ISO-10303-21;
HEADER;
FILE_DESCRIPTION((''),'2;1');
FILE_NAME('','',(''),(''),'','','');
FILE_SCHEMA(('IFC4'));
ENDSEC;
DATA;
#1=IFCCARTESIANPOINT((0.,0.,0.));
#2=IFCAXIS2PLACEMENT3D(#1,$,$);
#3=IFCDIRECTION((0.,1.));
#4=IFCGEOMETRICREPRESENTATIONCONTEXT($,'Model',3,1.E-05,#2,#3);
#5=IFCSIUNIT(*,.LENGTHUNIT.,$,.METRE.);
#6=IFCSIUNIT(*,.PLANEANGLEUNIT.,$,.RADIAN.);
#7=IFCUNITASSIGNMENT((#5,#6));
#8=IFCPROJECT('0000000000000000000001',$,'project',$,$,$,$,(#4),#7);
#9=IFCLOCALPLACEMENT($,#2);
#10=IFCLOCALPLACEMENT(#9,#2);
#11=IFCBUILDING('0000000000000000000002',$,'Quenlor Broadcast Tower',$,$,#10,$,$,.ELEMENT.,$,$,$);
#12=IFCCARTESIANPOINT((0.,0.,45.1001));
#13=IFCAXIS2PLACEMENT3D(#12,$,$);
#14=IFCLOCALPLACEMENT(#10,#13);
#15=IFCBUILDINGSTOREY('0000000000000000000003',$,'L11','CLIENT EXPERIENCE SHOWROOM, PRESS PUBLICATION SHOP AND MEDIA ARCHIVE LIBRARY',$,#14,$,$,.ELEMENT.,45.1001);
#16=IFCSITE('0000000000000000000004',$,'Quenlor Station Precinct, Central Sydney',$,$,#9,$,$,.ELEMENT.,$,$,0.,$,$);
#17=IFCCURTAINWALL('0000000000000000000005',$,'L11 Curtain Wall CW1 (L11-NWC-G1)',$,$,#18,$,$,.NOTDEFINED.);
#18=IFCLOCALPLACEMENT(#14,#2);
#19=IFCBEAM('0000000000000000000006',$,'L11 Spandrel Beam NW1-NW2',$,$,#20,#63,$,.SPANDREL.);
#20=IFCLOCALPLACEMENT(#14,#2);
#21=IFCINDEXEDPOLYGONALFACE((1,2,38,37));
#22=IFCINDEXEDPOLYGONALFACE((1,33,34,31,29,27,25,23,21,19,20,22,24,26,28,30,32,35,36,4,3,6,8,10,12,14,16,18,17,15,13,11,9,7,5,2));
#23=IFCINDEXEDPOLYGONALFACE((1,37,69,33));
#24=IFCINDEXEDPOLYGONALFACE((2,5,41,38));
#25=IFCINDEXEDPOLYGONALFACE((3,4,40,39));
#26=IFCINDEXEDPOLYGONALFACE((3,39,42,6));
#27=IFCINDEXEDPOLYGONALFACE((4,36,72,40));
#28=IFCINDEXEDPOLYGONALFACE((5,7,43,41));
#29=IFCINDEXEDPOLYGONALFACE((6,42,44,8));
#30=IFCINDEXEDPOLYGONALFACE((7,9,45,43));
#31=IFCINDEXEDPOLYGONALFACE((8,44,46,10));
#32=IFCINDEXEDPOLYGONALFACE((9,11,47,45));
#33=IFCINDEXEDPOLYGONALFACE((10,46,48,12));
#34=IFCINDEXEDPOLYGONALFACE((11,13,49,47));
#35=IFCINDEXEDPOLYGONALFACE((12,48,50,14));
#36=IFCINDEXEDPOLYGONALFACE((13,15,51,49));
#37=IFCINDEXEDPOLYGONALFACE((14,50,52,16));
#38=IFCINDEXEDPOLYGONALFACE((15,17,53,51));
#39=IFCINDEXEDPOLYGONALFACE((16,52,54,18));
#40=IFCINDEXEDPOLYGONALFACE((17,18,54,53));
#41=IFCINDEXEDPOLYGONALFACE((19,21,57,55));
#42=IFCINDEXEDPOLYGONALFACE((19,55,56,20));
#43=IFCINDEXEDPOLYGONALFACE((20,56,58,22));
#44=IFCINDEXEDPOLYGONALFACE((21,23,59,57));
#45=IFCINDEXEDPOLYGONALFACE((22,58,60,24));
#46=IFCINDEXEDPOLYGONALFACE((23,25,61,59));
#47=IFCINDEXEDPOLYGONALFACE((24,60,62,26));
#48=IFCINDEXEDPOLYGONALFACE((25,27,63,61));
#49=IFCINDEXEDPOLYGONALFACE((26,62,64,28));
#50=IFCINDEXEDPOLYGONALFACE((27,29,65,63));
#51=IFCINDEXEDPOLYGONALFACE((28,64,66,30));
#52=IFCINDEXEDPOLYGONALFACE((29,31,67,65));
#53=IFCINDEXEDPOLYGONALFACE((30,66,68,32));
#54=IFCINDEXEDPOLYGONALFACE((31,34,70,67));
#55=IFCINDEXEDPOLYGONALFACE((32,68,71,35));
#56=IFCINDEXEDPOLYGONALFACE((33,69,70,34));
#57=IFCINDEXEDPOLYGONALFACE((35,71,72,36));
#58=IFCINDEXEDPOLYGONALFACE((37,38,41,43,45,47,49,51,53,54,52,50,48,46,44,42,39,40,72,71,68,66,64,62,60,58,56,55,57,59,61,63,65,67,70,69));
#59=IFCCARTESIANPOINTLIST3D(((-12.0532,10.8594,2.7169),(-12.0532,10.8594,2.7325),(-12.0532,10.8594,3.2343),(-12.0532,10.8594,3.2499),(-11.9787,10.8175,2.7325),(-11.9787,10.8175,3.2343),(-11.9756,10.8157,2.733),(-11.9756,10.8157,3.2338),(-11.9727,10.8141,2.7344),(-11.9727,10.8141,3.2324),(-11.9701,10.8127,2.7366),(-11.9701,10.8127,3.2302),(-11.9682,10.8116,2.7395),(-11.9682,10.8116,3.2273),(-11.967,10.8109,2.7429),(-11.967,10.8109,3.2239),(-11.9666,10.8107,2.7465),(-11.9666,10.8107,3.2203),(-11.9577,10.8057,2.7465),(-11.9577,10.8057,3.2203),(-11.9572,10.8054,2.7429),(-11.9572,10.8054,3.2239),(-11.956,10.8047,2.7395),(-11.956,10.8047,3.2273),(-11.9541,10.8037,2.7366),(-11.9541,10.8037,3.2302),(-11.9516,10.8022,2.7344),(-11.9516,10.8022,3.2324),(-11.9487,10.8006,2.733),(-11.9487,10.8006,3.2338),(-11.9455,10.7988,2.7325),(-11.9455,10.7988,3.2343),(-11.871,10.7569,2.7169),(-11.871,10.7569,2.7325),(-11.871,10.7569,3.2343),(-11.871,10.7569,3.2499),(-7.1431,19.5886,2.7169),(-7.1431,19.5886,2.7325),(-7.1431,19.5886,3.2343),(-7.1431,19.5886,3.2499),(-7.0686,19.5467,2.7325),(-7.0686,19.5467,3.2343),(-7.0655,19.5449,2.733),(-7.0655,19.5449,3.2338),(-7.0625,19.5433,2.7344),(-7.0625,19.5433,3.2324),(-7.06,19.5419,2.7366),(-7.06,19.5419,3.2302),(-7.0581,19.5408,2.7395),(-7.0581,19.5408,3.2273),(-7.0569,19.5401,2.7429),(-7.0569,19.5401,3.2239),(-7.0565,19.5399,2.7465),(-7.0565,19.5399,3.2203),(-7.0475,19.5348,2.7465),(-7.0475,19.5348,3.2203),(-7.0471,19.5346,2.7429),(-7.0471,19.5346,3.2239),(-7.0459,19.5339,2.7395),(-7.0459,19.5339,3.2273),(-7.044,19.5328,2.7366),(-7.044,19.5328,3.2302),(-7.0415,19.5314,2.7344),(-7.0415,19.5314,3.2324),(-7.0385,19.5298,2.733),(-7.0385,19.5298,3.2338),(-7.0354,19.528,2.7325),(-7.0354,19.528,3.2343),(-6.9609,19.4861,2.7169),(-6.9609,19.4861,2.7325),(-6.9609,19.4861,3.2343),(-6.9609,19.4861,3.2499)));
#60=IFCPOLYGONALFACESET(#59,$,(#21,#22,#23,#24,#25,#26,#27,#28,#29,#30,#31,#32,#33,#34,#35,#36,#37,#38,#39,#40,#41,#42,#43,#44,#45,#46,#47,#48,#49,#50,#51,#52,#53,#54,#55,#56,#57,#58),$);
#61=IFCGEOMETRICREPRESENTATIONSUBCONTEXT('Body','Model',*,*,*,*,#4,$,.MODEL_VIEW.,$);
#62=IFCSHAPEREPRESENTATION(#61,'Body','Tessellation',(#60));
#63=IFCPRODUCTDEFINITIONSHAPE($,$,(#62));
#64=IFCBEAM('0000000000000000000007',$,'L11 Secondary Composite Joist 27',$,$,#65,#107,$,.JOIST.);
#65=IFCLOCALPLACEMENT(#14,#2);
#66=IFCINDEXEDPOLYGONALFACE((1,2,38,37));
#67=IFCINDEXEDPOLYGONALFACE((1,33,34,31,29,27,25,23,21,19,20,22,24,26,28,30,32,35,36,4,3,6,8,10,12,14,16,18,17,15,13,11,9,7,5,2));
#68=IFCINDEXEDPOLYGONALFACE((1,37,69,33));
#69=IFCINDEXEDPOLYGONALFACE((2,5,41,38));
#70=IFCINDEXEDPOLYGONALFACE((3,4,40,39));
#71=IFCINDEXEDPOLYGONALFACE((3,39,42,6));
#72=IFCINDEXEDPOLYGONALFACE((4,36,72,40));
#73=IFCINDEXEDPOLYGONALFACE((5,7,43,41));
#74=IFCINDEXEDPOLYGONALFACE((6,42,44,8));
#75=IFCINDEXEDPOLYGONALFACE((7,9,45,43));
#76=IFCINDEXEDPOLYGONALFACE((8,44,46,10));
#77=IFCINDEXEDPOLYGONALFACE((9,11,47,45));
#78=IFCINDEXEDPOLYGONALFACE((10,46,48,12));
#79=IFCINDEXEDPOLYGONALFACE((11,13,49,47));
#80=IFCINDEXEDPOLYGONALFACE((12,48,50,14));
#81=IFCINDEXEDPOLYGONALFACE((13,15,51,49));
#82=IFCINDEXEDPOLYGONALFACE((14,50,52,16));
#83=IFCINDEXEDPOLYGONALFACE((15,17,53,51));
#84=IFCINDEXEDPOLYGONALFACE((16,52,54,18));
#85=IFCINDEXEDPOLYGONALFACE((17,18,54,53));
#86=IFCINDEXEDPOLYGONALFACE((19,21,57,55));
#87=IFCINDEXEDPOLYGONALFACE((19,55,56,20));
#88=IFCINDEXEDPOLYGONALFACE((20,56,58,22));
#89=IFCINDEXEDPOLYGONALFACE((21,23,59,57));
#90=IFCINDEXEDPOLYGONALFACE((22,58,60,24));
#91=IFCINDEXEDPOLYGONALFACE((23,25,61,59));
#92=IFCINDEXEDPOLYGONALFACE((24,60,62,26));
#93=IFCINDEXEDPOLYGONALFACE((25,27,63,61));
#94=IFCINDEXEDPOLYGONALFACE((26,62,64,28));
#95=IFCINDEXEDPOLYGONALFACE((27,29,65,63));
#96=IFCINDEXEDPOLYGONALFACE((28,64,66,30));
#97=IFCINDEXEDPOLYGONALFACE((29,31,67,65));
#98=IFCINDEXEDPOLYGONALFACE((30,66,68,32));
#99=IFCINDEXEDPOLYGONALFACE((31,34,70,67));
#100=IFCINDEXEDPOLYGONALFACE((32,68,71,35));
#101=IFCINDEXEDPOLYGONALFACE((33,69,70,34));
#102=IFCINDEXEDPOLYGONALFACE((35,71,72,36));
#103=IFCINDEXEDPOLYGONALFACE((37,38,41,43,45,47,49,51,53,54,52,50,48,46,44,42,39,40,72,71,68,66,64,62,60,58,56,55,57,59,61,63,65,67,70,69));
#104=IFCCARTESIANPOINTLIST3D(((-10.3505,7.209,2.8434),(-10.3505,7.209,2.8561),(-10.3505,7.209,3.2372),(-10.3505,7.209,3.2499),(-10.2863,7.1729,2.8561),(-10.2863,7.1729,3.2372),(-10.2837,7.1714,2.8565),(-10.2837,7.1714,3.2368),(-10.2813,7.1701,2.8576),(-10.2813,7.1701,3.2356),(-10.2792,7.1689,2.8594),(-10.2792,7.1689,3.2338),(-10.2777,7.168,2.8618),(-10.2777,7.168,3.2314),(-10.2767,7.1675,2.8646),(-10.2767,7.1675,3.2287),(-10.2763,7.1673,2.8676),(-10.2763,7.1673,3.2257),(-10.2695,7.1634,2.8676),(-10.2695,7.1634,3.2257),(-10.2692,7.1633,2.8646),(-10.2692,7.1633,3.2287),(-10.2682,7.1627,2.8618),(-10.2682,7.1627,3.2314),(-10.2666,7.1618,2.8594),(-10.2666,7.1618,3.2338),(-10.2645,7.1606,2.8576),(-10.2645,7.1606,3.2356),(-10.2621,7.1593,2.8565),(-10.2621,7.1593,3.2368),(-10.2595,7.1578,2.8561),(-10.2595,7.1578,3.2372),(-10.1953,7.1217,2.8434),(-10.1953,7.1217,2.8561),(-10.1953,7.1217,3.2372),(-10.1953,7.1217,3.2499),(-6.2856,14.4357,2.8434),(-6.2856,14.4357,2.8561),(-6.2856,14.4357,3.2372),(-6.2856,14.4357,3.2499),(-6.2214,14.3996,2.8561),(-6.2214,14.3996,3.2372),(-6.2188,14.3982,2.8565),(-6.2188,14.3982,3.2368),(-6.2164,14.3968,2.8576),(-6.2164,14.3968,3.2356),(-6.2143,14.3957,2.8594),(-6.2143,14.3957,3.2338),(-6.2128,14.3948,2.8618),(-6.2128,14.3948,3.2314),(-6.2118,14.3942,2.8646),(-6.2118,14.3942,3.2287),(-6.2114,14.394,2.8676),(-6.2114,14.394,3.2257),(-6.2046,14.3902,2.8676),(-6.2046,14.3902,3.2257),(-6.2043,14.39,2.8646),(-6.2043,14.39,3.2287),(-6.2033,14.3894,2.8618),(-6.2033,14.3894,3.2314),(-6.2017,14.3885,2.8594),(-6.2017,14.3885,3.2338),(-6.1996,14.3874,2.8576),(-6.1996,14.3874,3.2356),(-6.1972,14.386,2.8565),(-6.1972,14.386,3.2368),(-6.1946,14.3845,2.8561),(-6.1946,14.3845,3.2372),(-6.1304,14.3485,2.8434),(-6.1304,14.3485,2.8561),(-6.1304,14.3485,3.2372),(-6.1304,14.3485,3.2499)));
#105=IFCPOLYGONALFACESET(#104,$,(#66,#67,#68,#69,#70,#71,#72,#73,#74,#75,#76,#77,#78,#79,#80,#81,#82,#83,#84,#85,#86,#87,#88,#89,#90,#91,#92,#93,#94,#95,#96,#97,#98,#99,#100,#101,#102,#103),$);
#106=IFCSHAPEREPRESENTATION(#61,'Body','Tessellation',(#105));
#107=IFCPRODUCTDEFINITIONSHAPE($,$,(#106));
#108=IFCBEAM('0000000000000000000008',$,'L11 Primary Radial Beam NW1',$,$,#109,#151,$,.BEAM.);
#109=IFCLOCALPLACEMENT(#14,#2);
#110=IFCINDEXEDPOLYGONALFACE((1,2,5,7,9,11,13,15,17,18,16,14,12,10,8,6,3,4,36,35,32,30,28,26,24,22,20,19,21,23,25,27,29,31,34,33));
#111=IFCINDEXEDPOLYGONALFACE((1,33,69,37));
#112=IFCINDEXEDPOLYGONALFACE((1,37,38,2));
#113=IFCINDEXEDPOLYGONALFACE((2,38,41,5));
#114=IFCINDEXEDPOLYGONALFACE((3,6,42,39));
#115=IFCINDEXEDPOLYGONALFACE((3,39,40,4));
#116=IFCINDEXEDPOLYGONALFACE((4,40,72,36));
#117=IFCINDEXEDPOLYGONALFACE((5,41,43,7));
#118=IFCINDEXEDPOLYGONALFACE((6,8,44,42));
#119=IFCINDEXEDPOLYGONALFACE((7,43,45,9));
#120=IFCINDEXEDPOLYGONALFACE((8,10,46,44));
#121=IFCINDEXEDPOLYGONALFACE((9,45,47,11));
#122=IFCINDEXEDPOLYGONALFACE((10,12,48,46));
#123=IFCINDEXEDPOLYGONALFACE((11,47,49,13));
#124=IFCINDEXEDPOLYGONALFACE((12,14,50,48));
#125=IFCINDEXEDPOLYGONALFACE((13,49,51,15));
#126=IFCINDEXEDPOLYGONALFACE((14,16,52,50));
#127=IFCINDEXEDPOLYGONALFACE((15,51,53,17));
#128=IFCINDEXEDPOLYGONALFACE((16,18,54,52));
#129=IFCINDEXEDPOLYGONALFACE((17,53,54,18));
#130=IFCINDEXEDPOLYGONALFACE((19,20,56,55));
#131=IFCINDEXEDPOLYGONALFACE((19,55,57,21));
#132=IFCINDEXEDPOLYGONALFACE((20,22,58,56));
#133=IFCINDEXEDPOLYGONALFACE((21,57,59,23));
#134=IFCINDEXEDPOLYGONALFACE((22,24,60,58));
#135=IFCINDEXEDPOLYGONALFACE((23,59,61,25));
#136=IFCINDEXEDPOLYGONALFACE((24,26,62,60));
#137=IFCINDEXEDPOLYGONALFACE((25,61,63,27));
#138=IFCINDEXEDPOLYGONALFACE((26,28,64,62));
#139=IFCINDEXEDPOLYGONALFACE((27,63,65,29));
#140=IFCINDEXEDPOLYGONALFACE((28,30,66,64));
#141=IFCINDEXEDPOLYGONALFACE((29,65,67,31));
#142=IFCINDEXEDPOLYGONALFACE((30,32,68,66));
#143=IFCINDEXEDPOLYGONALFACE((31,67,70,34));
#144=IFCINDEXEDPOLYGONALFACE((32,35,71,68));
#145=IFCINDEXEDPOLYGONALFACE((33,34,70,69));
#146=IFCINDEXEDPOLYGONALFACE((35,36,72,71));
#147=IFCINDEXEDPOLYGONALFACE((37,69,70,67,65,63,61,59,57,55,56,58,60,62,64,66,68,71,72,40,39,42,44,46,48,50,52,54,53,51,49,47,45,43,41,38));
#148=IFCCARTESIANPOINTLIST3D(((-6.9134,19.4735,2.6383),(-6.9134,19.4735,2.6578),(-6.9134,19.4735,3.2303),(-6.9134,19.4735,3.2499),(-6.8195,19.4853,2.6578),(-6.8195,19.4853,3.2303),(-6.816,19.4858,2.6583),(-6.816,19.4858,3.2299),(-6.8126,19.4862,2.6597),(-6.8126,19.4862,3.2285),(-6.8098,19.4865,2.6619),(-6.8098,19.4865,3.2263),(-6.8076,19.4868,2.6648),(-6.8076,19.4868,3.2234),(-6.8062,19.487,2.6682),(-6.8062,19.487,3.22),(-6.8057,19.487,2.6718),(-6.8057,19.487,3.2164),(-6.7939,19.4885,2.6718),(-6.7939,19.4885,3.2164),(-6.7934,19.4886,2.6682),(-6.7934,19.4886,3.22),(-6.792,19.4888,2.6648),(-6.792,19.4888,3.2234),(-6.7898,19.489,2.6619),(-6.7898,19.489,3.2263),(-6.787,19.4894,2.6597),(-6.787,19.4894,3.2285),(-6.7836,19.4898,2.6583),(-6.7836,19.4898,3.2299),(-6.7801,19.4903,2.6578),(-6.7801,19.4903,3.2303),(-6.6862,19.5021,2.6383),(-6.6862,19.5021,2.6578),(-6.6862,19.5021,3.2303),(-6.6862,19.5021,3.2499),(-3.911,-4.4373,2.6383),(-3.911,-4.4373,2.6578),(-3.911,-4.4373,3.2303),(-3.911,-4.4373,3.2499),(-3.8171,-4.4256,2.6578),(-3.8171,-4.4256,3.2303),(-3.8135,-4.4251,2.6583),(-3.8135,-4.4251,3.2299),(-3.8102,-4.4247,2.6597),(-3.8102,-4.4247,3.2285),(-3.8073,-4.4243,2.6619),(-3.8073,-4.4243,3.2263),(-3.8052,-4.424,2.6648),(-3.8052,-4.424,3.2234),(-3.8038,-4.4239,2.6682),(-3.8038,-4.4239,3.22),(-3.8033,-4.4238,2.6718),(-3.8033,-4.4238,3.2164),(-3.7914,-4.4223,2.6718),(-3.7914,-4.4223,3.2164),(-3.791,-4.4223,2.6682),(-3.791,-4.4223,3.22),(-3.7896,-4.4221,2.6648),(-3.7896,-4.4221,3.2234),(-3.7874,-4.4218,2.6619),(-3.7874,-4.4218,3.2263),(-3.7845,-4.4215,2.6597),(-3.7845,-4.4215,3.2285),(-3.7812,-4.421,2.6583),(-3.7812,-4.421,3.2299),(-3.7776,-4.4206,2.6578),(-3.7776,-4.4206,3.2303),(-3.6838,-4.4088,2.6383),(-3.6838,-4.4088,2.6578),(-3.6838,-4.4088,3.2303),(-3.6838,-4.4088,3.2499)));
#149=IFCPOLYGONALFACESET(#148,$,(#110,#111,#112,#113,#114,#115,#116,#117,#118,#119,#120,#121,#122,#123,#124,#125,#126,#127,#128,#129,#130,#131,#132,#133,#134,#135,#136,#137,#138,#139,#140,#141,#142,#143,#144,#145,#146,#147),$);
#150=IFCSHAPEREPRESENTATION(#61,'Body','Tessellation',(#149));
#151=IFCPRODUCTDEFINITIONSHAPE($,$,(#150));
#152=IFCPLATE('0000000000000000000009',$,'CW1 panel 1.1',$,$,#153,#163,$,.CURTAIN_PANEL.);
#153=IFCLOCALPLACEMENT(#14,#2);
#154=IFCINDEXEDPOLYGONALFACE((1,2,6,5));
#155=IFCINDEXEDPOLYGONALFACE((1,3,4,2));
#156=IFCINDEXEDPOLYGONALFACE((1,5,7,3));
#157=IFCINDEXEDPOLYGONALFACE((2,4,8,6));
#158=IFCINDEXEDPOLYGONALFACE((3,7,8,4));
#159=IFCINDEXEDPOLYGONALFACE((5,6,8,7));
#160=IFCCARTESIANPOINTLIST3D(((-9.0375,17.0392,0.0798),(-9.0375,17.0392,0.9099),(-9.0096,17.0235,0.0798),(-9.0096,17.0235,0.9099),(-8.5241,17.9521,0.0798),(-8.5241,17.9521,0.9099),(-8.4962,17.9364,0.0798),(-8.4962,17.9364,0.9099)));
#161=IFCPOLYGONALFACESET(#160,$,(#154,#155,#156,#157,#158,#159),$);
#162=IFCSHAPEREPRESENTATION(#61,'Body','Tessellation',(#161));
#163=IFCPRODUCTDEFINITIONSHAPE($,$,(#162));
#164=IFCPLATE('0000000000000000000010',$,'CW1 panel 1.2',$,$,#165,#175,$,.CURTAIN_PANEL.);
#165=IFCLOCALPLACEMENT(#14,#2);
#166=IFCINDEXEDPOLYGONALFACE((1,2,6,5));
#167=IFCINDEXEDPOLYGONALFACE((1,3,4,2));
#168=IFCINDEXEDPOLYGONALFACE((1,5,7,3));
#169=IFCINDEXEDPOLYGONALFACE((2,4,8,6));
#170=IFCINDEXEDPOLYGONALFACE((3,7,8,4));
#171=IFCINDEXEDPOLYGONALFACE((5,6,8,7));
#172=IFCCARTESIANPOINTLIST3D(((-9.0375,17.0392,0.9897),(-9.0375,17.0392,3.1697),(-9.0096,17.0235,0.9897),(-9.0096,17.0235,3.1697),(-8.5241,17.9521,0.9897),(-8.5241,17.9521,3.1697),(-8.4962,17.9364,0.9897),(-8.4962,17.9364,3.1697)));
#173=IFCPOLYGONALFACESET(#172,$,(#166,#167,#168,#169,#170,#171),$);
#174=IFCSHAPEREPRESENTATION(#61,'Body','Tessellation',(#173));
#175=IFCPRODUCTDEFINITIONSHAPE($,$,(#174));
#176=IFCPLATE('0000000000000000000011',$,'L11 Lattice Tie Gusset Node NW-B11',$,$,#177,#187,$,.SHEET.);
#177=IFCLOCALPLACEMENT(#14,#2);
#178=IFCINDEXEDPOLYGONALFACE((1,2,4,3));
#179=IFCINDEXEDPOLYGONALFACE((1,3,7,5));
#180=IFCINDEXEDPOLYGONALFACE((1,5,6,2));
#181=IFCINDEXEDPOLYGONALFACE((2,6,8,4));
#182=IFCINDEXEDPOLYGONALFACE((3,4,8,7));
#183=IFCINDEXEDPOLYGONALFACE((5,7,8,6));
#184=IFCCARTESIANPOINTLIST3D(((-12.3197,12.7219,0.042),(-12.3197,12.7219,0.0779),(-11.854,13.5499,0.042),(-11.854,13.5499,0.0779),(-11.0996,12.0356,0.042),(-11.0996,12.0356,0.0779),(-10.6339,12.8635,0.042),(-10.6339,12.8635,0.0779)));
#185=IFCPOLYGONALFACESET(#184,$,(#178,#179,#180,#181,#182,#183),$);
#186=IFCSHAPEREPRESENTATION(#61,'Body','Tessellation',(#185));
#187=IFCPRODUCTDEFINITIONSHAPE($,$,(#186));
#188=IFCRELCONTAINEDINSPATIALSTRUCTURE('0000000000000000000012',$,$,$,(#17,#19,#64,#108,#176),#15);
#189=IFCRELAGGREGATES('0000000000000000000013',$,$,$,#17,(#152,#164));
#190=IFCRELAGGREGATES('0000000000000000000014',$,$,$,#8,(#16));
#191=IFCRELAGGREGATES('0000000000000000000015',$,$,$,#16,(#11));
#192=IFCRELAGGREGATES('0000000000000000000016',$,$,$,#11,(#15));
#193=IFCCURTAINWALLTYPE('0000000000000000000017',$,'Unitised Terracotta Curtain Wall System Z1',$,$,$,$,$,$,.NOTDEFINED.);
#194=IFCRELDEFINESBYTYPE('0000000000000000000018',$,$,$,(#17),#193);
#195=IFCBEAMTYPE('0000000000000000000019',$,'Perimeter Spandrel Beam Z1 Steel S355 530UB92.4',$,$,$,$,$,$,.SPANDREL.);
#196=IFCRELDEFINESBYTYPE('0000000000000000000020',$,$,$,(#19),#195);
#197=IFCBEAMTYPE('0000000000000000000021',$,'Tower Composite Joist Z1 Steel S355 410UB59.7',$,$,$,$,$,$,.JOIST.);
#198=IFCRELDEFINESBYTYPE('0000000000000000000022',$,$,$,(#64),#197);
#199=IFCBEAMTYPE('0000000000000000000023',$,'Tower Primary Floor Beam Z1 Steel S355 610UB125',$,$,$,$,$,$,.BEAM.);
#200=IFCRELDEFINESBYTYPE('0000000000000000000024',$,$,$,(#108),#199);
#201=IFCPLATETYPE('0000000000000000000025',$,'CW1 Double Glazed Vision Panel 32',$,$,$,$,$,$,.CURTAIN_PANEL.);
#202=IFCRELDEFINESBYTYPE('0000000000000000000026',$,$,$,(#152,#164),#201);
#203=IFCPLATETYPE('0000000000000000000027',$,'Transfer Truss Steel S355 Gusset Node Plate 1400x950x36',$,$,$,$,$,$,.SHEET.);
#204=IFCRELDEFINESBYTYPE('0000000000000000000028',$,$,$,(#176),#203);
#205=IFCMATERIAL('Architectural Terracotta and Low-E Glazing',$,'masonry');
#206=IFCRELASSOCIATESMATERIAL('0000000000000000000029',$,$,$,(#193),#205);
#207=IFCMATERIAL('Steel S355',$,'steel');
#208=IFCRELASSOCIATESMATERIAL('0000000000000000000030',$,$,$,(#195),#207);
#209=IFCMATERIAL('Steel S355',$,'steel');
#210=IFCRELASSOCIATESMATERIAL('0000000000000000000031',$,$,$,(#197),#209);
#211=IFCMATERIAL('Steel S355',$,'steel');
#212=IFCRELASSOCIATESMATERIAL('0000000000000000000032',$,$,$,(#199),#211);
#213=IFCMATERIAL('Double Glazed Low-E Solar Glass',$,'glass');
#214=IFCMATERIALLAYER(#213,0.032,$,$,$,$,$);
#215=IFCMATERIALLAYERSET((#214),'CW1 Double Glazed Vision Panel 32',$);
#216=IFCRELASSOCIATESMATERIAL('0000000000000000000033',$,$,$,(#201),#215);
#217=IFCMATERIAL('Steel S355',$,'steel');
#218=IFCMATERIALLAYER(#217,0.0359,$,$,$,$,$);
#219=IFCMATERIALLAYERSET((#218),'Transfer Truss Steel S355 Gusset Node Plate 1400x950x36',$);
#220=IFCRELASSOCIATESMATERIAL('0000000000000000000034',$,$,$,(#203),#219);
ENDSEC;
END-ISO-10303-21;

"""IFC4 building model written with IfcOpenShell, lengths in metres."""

from ifc_helpers import new_model, si_unit, direction, frame, origin, origin_2d, place, context, subcontext, project, spatial, rectangle, i_section, extrude, material, layer, layer_set, material_profile, profile_set, type_object, element, aggregate, save


model = new_model("IFC4")

# Units and contexts
model_context = context("Model", 3, precision=1e-05, world=origin(), true_north=direction((0.0, 1.0)))
body_context = subcontext(model_context, "Body", "Model", "MODEL_VIEW")
ifc_project = project(units=[si_unit("LENGTHUNIT", "METRE"), si_unit("PLANEANGLEUNIT", "RADIAN")], contexts=[model_context])

# Site, building, storey
site_placement = place(None, origin())
site = spatial("IfcSite", under=ifc_project, at=site_placement, Name="Quenlor Station Precinct, Central Sydney", CompositionType="ELEMENT", RefElevation=0.0)
building_placement = place(site_placement, origin())
building = spatial("IfcBuilding", under=site, at=building_placement, Name="Quenlor Broadcast Tower", CompositionType="ELEMENT")
storey_placement = place(building_placement, frame((0.0, 0.0, 45.1001)))
storey = spatial("IfcBuildingStorey", under=building, at=storey_placement, Name="L11", Description="CLIENT EXPERIENCE SHOWROOM, PRESS PUBLICATION SHOP AND MEDIA ARCHIVE LIBRARY", CompositionType="ELEMENT", Elevation=45.1001)

# Curtain wall
ifc_material_1 = material(Name="Architectural Terracotta and Low-E Glazing", Category="masonry")
curtain_wall_type = type_object("IfcCurtainWallType", Name="Unitised Terracotta Curtain Wall System Z1", PredefinedType="NOTDEFINED", material=ifc_material_1)
curtain_wall_placement = place(storey_placement, origin())
curtain_wall = element("IfcCurtainWall", 1, at=curtain_wall_placement, inside=storey, type_object=curtain_wall_type, Name="L11 Curtain Wall CW1 (L11-NWC-G1)", PredefinedType="NOTDEFINED")

# Beams
ifc_material_2 = material(Name="Steel S355", Category="steel")
ifc_material_profile_1 = material_profile(ifc_material_2, i_section(OverallWidth=0.209, OverallDepth=0.533, WebThickness=0.0103, FlangeThickness=0.0156, FilletRadius=0.0139, at=origin_2d()))
ifc_profile_set_1 = profile_set([ifc_material_profile_1], Name="Steel S355 530UB92.4")
beam_type_1 = type_object("IfcBeamType", Name="Perimeter Spandrel Beam Z1 Steel S355 530UB92.4", PredefinedType="SPANDREL", material=ifc_profile_set_1)
beam_1_placement = place(storey_placement, frame((-7.052, 19.5374, 2.9834), z_axis=(-0.490258, -0.871577, 0.0), x_axis=(0.871577, -0.490258, 0.0)))
element("IfcBeam", 2, at=beam_1_placement, inside=storey, type_object=beam_type_1, Name="L11 Spandrel Beam NW1-NW2", PredefinedType="SPANDREL", context=body_context, shape_type="SweptSolid", body=[
    extrude(i_section(OverallWidth=0.209, OverallDepth=0.533, WebThickness=0.0103, FlangeThickness=0.0156, FilletRadius=0.0139, at=origin_2d()), origin(), (0.0, 0.0, 1.0), 10.0154),
])
ifc_material_3 = material(Name="Steel S355", Category="steel")
ifc_material_profile_2 = material_profile(ifc_material_3, i_section(OverallWidth=0.178, OverallDepth=0.4065, WebThickness=0.0078, FlangeThickness=0.0127, FilletRadius=0.0115, at=origin_2d()))
ifc_profile_set_2 = profile_set([ifc_material_profile_2], Name="Steel S355 410UB59.7")
beam_type_2 = type_object("IfcBeamType", Name="Tower Composite Joist Z1 Steel S355 410UB59.7", PredefinedType="JOIST", material=ifc_profile_set_2)
beam_2_placement = place(storey_placement, frame((-6.208, 14.3921, 3.0466), z_axis=(-0.490249, -0.871583, 0.0), x_axis=(0.871583, -0.490249, 0.0)))
element("IfcBeam", 3, at=beam_2_placement, inside=storey, type_object=beam_type_2, Name="L11 Secondary Composite Joist 27", PredefinedType="JOIST", context=body_context, shape_type="SweptSolid", body=[
    extrude(i_section(OverallWidth=0.178, OverallDepth=0.4065, WebThickness=0.0078, FlangeThickness=0.0127, FilletRadius=0.0115, at=origin_2d()), origin(), (0.0, 0.0, 1.0), 8.2915),
])
ifc_material_4 = material(Name="Steel S355", Category="steel")
ifc_material_profile_3 = material_profile(ifc_material_4, i_section(OverallWidth=0.229, OverallDepth=0.6116, WebThickness=0.012, FlangeThickness=0.0195, FilletRadius=0.0139, at=origin_2d()))
ifc_profile_set_3 = profile_set([ifc_material_profile_3], Name="Steel S355 610UB125")
beam_type_3 = type_object("IfcBeamType", Name="Tower Primary Floor Beam Z1 Steel S355 610UB125", PredefinedType="BEAM", material=ifc_profile_set_3)
beam_3_placement = place(storey_placement, frame((-6.7998, 19.4878, 2.9441), z_axis=(0.12459, -0.992208, 0.0), x_axis=(0.992208, 0.12459, 0.0)))
element("IfcBeam", 4, at=beam_3_placement, inside=storey, type_object=beam_type_3, Name="L11 Primary Radial Beam NW1", PredefinedType="BEAM", context=body_context, shape_type="SweptSolid", body=[
    extrude(i_section(OverallWidth=0.229, OverallDepth=0.6116, WebThickness=0.012, FlangeThickness=0.0195, FilletRadius=0.0139, at=origin_2d()), origin(), (0.0, 0.0, 1.0), 24.0986),
])

# Plates
ifc_material_5 = material(Name="Double Glazed Low-E Solar Glass", Category="glass")
ifc_layer_1 = layer(ifc_material_5, 0.032)
ifc_layer_set_1 = layer_set([ifc_layer_1], Name="CW1 Double Glazed Vision Panel 32")
plate_type_1 = type_object("IfcPlateType", Name="CW1 Double Glazed Vision Panel 32", PredefinedType="CURTAIN_PANEL", material=ifc_layer_set_1)
plate_1_placement = place(storey_placement, frame((-8.7668, 17.4878, 0.0798), z_axis=(0.0, 0.0, 1.0), x_axis=(0.490214, 0.871602, 0.0)))
plate_1 = element("IfcPlate", 5, at=plate_1_placement, type_object=plate_type_1, Name="CW1 panel 1.1", PredefinedType="CURTAIN_PANEL", context=body_context, shape_type="SweptSolid", body=[
    extrude(rectangle(XDim=1.0474, YDim=0.032, at=origin_2d()), origin(), (0.0, 0.0, 1.0), 0.8301),
])
plate_2_placement = place(storey_placement, frame((-8.7668, 17.4878, 0.9897), z_axis=(0.0, 0.0, 1.0), x_axis=(0.490214, 0.871602, 0.0)))
plate_2 = element("IfcPlate", 6, at=plate_2_placement, type_object=plate_type_1, Name="CW1 panel 1.2", PredefinedType="CURTAIN_PANEL", context=body_context, shape_type="SweptSolid", body=[
    extrude(rectangle(XDim=1.0474, YDim=0.032, at=origin_2d()), origin(), (0.0, 0.0, 1.0), 2.1799),
])
aggregate(curtain_wall, [plate_1, plate_2])

# Plate
ifc_material_6 = material(Name="Steel S355", Category="steel")
ifc_layer_2 = layer(ifc_material_6, 0.0359)
ifc_layer_set_2 = layer_set([ifc_layer_2], Name="Transfer Truss Steel S355 Gusset Node Plate 1400x950x36")
plate_type_2 = type_object("IfcPlateType", Name="Transfer Truss Steel S355 Gusset Node Plate 1400x950x36", PredefinedType="SHEET", material=ifc_layer_set_2)
for number, where, z_axis, x_axis, name in (
    (7, (-11.4768, 12.7927, 0.042), (0.0, 0.0, 1.0), (-0.871556, 0.490295, 0.0), "L11 Lattice Tie Gusset Node NW-B11"),
):
    element("IfcPlate", number, at=place(storey_placement, frame(where, z_axis=z_axis, x_axis=x_axis)), inside=storey, type_object=plate_type_2, Name=name, PredefinedType="SHEET", context=body_context, shape_type="SweptSolid", body=[
        extrude(rectangle(XDim=1.3999, YDim=0.95, at=origin_2d()), origin(), (0.0, 0.0, 1.0), 0.0359),
    ])

save(model, "model.ifc")
